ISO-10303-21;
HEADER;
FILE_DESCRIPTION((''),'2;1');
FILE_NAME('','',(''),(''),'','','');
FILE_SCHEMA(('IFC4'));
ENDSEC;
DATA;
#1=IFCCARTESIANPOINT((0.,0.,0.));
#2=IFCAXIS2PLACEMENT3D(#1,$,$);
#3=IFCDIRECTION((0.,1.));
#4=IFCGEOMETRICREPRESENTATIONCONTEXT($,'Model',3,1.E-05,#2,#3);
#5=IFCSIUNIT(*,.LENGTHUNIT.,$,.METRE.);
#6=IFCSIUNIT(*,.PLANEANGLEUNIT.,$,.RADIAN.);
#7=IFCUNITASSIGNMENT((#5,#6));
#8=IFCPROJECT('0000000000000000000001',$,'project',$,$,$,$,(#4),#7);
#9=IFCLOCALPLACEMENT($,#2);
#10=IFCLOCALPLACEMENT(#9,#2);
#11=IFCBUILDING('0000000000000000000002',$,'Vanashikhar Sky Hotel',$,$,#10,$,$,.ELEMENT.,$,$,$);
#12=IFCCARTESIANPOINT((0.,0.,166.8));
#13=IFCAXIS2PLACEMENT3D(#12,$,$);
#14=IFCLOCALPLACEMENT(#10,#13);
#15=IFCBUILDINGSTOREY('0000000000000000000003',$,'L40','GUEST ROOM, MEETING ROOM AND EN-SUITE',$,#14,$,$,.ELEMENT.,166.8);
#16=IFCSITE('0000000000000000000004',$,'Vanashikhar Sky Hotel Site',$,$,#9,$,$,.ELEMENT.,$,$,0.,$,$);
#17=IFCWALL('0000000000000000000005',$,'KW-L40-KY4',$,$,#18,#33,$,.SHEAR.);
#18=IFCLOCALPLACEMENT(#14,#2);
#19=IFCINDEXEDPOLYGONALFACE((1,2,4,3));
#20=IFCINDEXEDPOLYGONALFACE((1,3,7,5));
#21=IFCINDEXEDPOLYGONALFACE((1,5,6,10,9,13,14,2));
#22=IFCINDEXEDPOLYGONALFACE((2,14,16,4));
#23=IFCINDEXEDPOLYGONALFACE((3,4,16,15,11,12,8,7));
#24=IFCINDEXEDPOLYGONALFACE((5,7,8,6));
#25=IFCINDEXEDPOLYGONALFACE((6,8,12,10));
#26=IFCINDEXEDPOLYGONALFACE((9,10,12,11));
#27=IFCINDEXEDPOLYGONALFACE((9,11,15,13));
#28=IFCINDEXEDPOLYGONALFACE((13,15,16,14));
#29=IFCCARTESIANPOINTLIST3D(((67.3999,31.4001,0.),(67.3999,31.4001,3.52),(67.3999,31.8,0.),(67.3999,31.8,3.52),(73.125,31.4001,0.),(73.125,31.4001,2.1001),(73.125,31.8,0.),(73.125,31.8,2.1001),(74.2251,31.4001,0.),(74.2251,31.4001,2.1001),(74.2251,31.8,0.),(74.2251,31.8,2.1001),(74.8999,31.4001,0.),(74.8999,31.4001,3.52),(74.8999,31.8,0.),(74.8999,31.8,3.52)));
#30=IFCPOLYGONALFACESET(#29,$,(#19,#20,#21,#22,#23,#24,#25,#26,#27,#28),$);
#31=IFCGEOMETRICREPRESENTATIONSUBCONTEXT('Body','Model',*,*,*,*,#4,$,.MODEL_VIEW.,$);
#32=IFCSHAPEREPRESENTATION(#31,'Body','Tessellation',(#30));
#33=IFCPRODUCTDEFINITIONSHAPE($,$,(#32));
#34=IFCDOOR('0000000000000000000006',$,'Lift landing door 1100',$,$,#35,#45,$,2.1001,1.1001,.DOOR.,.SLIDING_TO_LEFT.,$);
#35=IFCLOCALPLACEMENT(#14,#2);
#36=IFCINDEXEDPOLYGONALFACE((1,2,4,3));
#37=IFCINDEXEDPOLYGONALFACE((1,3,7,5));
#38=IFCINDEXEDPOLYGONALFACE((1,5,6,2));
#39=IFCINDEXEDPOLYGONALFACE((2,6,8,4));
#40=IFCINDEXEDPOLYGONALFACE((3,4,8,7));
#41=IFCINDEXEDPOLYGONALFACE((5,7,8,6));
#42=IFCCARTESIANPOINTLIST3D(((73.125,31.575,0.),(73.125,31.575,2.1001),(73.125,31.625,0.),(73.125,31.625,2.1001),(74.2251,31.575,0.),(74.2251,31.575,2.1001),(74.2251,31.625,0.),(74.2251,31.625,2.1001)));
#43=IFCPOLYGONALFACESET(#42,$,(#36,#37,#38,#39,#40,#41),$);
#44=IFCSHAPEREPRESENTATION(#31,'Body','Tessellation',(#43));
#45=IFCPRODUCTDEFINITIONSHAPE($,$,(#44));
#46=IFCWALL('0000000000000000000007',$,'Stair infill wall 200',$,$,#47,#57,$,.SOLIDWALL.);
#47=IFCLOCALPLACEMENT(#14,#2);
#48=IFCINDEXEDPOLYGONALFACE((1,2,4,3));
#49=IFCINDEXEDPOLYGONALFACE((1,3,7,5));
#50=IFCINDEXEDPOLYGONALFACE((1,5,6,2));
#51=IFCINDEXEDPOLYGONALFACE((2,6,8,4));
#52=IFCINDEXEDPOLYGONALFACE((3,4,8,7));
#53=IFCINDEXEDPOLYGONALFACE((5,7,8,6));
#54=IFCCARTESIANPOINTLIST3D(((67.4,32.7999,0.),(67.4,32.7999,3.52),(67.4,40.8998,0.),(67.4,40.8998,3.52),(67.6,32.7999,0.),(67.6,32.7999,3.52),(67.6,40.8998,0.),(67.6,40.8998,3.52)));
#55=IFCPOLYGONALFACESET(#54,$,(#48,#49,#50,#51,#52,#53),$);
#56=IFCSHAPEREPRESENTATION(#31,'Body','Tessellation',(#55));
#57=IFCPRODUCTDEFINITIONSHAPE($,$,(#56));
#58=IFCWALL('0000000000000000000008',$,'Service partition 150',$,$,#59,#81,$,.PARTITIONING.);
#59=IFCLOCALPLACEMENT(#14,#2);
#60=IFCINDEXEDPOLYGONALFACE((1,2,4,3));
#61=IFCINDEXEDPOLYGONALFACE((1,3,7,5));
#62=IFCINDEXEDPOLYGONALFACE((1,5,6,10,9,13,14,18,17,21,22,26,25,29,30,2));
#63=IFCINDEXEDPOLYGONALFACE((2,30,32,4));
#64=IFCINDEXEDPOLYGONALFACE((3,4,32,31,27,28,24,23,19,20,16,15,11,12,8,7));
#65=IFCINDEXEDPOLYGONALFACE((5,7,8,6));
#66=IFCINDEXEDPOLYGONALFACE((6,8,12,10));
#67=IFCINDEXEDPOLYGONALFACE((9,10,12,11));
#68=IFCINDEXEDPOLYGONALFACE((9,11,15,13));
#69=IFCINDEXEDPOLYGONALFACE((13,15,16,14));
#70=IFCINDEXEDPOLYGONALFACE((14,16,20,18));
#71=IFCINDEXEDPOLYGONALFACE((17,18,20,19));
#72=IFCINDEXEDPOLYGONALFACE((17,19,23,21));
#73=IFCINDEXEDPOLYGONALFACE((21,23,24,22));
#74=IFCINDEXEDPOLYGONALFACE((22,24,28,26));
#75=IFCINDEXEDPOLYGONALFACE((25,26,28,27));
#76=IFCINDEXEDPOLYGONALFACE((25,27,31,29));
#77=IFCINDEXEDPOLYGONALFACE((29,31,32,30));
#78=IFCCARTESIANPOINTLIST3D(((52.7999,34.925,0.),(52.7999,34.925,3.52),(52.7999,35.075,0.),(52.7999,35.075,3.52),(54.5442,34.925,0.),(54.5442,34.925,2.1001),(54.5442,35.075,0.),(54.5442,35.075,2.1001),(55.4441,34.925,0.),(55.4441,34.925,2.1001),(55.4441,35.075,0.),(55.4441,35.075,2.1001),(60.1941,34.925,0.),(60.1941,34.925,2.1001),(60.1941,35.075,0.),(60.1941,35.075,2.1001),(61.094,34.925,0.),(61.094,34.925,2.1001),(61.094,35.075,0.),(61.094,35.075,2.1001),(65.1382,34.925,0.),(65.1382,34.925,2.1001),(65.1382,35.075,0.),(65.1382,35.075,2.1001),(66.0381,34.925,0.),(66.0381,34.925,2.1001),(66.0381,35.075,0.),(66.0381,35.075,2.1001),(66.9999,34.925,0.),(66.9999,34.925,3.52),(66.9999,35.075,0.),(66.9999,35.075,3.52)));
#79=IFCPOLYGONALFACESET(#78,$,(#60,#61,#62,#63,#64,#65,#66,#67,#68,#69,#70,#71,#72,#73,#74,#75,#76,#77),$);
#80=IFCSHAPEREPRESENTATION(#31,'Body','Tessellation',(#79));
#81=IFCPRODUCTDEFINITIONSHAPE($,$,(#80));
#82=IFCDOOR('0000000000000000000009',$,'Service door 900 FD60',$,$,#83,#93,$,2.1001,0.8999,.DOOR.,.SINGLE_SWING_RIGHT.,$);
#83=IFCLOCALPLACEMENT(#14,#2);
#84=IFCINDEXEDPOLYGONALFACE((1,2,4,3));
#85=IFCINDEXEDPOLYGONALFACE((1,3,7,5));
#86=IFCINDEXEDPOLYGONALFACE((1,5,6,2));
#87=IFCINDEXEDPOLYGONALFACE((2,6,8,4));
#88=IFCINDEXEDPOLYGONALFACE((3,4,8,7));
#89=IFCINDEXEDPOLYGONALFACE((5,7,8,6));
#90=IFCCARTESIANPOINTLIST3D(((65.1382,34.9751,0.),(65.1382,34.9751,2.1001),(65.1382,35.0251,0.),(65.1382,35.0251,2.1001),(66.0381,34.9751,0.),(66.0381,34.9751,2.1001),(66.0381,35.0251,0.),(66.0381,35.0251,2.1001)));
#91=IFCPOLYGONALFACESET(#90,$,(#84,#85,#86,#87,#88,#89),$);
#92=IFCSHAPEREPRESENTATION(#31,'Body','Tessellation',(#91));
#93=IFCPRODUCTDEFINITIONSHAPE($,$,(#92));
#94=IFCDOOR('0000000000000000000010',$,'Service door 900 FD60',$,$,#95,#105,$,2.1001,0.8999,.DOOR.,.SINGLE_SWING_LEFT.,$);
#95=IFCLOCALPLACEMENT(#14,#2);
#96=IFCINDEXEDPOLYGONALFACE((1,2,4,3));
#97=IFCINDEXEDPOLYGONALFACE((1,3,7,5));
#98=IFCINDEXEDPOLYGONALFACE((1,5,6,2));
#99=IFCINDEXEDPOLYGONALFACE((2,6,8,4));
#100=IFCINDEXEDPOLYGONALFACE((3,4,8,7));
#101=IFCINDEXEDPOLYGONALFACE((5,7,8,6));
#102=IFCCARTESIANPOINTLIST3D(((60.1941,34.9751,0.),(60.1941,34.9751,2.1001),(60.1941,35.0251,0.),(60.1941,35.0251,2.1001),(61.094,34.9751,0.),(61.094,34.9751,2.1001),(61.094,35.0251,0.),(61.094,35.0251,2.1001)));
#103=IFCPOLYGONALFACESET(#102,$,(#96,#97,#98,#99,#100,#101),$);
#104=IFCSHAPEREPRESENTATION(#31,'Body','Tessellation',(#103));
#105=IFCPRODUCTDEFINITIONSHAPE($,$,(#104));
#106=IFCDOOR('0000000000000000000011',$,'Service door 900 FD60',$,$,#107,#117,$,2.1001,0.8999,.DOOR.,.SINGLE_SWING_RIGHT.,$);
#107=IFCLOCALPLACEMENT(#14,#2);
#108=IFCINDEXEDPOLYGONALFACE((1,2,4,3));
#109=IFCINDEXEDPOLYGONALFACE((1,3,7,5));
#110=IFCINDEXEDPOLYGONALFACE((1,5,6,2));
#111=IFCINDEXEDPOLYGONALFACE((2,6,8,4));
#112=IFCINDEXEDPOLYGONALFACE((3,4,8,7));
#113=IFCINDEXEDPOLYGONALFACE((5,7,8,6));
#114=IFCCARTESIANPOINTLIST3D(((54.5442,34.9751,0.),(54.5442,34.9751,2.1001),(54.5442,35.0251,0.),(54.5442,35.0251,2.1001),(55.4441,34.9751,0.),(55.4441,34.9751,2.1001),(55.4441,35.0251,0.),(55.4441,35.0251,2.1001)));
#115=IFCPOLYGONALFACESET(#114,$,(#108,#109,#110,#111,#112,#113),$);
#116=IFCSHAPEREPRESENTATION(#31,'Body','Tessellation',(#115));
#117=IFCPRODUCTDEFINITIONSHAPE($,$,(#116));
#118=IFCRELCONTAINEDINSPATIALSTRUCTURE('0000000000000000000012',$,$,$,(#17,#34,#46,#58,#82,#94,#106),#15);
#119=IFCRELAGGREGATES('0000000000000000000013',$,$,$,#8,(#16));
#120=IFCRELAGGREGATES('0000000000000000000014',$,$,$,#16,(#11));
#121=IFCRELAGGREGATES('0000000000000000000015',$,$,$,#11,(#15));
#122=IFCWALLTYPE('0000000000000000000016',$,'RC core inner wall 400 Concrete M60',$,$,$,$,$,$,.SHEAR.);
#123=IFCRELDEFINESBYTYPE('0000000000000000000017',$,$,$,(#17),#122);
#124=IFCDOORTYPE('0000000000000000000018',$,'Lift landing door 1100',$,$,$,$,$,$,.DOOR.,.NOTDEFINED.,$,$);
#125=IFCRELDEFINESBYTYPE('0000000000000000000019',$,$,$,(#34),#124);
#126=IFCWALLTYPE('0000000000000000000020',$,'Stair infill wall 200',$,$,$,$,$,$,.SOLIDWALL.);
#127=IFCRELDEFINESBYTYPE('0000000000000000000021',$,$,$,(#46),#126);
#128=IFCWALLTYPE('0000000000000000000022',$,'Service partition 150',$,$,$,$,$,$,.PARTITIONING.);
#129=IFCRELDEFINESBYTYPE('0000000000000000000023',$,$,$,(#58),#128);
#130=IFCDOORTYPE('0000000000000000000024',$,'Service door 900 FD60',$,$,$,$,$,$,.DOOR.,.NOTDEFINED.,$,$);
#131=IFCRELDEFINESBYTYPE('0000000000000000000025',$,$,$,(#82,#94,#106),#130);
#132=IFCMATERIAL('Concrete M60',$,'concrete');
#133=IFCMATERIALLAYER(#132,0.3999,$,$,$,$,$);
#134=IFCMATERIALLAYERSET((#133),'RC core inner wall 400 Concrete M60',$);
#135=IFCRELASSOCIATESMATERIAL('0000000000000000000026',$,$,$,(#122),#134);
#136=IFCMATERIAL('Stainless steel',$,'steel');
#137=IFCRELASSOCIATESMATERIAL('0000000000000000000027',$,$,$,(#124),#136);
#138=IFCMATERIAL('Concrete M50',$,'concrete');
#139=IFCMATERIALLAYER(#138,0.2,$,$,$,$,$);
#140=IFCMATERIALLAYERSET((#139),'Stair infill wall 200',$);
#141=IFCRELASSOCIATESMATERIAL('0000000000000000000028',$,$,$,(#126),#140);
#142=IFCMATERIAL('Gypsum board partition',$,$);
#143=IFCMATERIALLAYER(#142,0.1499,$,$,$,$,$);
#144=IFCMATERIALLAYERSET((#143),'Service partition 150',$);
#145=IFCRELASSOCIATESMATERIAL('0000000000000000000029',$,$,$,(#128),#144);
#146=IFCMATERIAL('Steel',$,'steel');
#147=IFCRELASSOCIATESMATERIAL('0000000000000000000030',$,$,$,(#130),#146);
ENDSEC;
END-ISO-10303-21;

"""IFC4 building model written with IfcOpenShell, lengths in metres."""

from ifc_helpers import new_model, si_unit, direction, frame, frame_2d, origin, place, context, subcontext, project, spatial, rectangle, extrude, source, transform, mapped, material, layer, layer_set, type_object, element, fill, save


model = new_model("IFC4")

# Units and contexts
model_context = context("Model", 3, precision=1e-05, world=origin(), true_north=direction((0.0, 1.0)))
body_context = subcontext(model_context, "Body", "Model", "MODEL_VIEW")
ifc_project = project(units=[si_unit("LENGTHUNIT", "METRE"), si_unit("PLANEANGLEUNIT", "RADIAN")], contexts=[model_context])

# Site, building, storey
site_placement = place(None, origin())
site = spatial("IfcSite", under=ifc_project, at=site_placement, Name="Vanashikhar Sky Hotel Site", CompositionType="ELEMENT", RefElevation=0.0)
building_placement = place(site_placement, origin())
building = spatial("IfcBuilding", under=site, at=building_placement, Name="Vanashikhar Sky Hotel", CompositionType="ELEMENT")
storey_placement = place(building_placement, frame((0.0, 0.0, 166.8)))
storey = spatial("IfcBuildingStorey", under=building, at=storey_placement, Name="L40", Description="GUEST ROOM, MEETING ROOM AND EN-SUITE", CompositionType="ELEMENT", Elevation=166.8)

# Wall, opening, door
ifc_material_1 = material(Name="Concrete M60", Category="concrete")
ifc_layer_1 = layer(ifc_material_1, 0.3999)
ifc_layer_set_1 = layer_set([ifc_layer_1], Name="RC core inner wall 400 Concrete M60")
wall_type_1 = type_object("IfcWallType", Name="RC core inner wall 400 Concrete M60", PredefinedType="SHEAR", material=ifc_layer_set_1)
shared_shape_1 = source(origin(), body_context, "Body", "SweptSolid", [
    extrude(rectangle(XDim=7.5, YDim=0.3999, at=frame_2d((3.75, 0.0))), origin(), (0.0, 0.0, 1.0), 3.52),
])
wall_1_placement = place(storey_placement, frame((67.3999, 31.6001, 0.0), z_axis=(0.0, 0.0, 1.0), x_axis=(1.0, 0.0, 0.0)))
wall_1 = element("IfcWall", 1, at=wall_1_placement, inside=storey, type_object=wall_type_1, Name="KW-L40-KY4", PredefinedType="SHEAR", context=body_context, shape_type="MappedRepresentation", body=[
    mapped(shared_shape_1, transform((0.0, 0.0, 0.0), scale=1.0)),
])
shared_shape_2 = source(origin(), body_context, "Body", "SweptSolid", [
    extrude(rectangle(XDim=1.1001, YDim=2.1001, at=frame_2d((0.55, 1.05))), frame((0.0, 0.21, 0.0), z_axis=(0.0, -1.0, 0.0), x_axis=(1.0, 0.0, 0.0)), (0.0, 0.0, 1.0), 0.4199),
])
opening_1_placement = place(wall_1_placement, frame((5.7251, 0.0, 0.0)))
opening_1 = element("IfcOpeningElement", 2, at=opening_1_placement, cuts=wall_1, PredefinedType="OPENING", context=body_context, shape_type="MappedRepresentation", body=[
    mapped(shared_shape_2, transform((0.0, 0.0, 0.0), scale=1.0)),
])
ifc_material_2 = material(Name="Stainless steel", Category="steel")
door_type_1 = type_object("IfcDoorType", Name="Lift landing door 1100", OperationType="NOTDEFINED", PredefinedType="DOOR", material=ifc_material_2)
shared_shape_3 = source(origin(), body_context, "Body", "SweptSolid", [
    extrude(rectangle(XDim=1.1001, YDim=2.1001, at=frame_2d((0.55, 1.05))), frame((0.0, 0.0249, 0.0), z_axis=(0.0, -1.0, 0.0), x_axis=(1.0, 0.0, 0.0)), (0.0, 0.0, 1.0), 0.05),
])
door_1_placement = place(opening_1_placement, origin())
door_1 = element("IfcDoor", 3, at=door_1_placement, inside=storey, type_object=door_type_1, Name="Lift landing door 1100", OperationType="SLIDING_TO_LEFT", OverallHeight=2.1001, OverallWidth=1.1001, PredefinedType="DOOR", context=body_context, shape_type="MappedRepresentation", body=[
    mapped(shared_shape_3, transform((0.0, 0.0, 0.0), scale=1.0)),
])
fill(opening_1, door_1)

# Wall
ifc_material_3 = material(Name="Concrete M50", Category="concrete")
ifc_layer_2 = layer(ifc_material_3, 0.2)
ifc_layer_set_2 = layer_set([ifc_layer_2], Name="Stair infill wall 200")
wall_type_2 = type_object("IfcWallType", Name="Stair infill wall 200", PredefinedType="SOLIDWALL", material=ifc_layer_set_2)
shared_shape_4 = source(origin(), body_context, "Body", "SweptSolid", [
    extrude(rectangle(XDim=8.0999, YDim=0.2, at=frame_2d((4.0498, 0.0))), origin(), (0.0, 0.0, 1.0), 3.52),
])
wall_2_placement = place(storey_placement, frame((67.5, 32.8, 0.0), z_axis=(0.0, 0.0, 1.0), x_axis=(0.0, 1.0, 0.0)))
element("IfcWall", 4, at=wall_2_placement, inside=storey, type_object=wall_type_2, Name="Stair infill wall 200", PredefinedType="SOLIDWALL", context=body_context, shape_type="MappedRepresentation", body=[
    mapped(shared_shape_4, transform((0.0, 0.0, 0.0), scale=1.0)),
])

# Wall, openings, doors
ifc_material_4 = material(Name="Gypsum board partition")
ifc_layer_3 = layer(ifc_material_4, 0.1499)
ifc_layer_set_3 = layer_set([ifc_layer_3], Name="Service partition 150")
wall_type_3 = type_object("IfcWallType", Name="Service partition 150", PredefinedType="PARTITIONING", material=ifc_layer_set_3)
shared_shape_5 = source(origin(), body_context, "Body", "SweptSolid", [
    extrude(rectangle(XDim=14.2, YDim=0.1499, at=frame_2d((7.1001, 0.0))), origin(), (0.0, 0.0, 1.0), 3.52),
])
wall_3_placement = place(storey_placement, frame((67.0, 35.0, 0.0), z_axis=(0.0, 0.0, 1.0), x_axis=(-1.0, 0.0, 0.0)))
wall_3 = element("IfcWall", 5, at=wall_3_placement, inside=storey, type_object=wall_type_3, Name="Service partition 150", PredefinedType="PARTITIONING", context=body_context, shape_type="MappedRepresentation", body=[
    mapped(shared_shape_5, transform((0.0, 0.0, 0.0), scale=1.0)),
])
shared_shape_6 = source(origin(), body_context, "Body", "SweptSolid", [
    extrude(rectangle(XDim=0.8999, YDim=2.1001, at=frame_2d((0.45, 1.05))), frame((0.0, 0.085, 0.0), z_axis=(0.0, -1.0, 0.0), x_axis=(1.0, 0.0, 0.0)), (0.0, 0.0, 1.0), 0.1699),
])
opening_2_placement = place(wall_3_placement, frame((0.9619, 0.0, 0.0)))
opening_2 = element("IfcOpeningElement", 6, at=opening_2_placement, cuts=wall_3, PredefinedType="OPENING", context=body_context, shape_type="MappedRepresentation", body=[
    mapped(shared_shape_6, transform((0.0, 0.0, 0.0), scale=1.0)),
])
opening_3_placement = place(wall_3_placement, frame((5.906, 0.0, 0.0)))
opening_3 = element("IfcOpeningElement", 7, at=opening_3_placement, cuts=wall_3, PredefinedType="OPENING", context=body_context, shape_type="MappedRepresentation", body=[
    mapped(shared_shape_6, transform((0.0, 0.0, 0.0), scale=1.0)),
])
opening_4_placement = place(wall_3_placement, frame((11.5559, 0.0, 0.0)))
opening_4 = element("IfcOpeningElement", 8, at=opening_4_placement, cuts=wall_3, PredefinedType="OPENING", context=body_context, shape_type="MappedRepresentation", body=[
    mapped(shared_shape_6, transform((0.0, 0.0, 0.0), scale=1.0)),
])
ifc_material_5 = material(Name="Steel", Category="steel")
door_type_2 = type_object("IfcDoorType", Name="Service door 900 FD60", OperationType="NOTDEFINED", PredefinedType="DOOR", material=ifc_material_5)
shared_shape_7 = source(origin(), body_context, "Body", "SweptSolid", [
    extrude(rectangle(XDim=0.8999, YDim=2.1001, at=frame_2d((0.45, 1.05))), frame((0.0, 0.0249, 0.0), z_axis=(0.0, -1.0, 0.0), x_axis=(1.0, 0.0, 0.0)), (0.0, 0.0, 1.0), 0.05),
])
door_2_placement = place(opening_2_placement, origin())
door_2 = element("IfcDoor", 9, at=door_2_placement, inside=storey, type_object=door_type_2, Name="Service door 900 FD60", OperationType="SINGLE_SWING_RIGHT", OverallHeight=2.1001, OverallWidth=0.8999, PredefinedType="DOOR", context=body_context, shape_type="MappedRepresentation", body=[
    mapped(shared_shape_7, transform((0.0, 0.0, 0.0), scale=1.0)),
])
fill(opening_2, door_2)
door_3_placement = place(opening_3_placement, origin())
door_3 = element("IfcDoor", 10, at=door_3_placement, inside=storey, type_object=door_type_2, Name="Service door 900 FD60", OperationType="SINGLE_SWING_LEFT", OverallHeight=2.1001, OverallWidth=0.8999, PredefinedType="DOOR", context=body_context, shape_type="MappedRepresentation", body=[
    mapped(shared_shape_7, transform((0.0, 0.0, 0.0), scale=1.0)),
])
fill(opening_3, door_3)
door_4_placement = place(opening_4_placement, origin())
door_4 = element("IfcDoor", 11, at=door_4_placement, inside=storey, type_object=door_type_2, Name="Service door 900 FD60", OperationType="SINGLE_SWING_RIGHT", OverallHeight=2.1001, OverallWidth=0.8999, PredefinedType="DOOR", context=body_context, shape_type="MappedRepresentation", body=[
    mapped(shared_shape_7, transform((0.0, 0.0, 0.0), scale=1.0)),
])
fill(opening_4, door_4)

save(model, "model.ifc")
